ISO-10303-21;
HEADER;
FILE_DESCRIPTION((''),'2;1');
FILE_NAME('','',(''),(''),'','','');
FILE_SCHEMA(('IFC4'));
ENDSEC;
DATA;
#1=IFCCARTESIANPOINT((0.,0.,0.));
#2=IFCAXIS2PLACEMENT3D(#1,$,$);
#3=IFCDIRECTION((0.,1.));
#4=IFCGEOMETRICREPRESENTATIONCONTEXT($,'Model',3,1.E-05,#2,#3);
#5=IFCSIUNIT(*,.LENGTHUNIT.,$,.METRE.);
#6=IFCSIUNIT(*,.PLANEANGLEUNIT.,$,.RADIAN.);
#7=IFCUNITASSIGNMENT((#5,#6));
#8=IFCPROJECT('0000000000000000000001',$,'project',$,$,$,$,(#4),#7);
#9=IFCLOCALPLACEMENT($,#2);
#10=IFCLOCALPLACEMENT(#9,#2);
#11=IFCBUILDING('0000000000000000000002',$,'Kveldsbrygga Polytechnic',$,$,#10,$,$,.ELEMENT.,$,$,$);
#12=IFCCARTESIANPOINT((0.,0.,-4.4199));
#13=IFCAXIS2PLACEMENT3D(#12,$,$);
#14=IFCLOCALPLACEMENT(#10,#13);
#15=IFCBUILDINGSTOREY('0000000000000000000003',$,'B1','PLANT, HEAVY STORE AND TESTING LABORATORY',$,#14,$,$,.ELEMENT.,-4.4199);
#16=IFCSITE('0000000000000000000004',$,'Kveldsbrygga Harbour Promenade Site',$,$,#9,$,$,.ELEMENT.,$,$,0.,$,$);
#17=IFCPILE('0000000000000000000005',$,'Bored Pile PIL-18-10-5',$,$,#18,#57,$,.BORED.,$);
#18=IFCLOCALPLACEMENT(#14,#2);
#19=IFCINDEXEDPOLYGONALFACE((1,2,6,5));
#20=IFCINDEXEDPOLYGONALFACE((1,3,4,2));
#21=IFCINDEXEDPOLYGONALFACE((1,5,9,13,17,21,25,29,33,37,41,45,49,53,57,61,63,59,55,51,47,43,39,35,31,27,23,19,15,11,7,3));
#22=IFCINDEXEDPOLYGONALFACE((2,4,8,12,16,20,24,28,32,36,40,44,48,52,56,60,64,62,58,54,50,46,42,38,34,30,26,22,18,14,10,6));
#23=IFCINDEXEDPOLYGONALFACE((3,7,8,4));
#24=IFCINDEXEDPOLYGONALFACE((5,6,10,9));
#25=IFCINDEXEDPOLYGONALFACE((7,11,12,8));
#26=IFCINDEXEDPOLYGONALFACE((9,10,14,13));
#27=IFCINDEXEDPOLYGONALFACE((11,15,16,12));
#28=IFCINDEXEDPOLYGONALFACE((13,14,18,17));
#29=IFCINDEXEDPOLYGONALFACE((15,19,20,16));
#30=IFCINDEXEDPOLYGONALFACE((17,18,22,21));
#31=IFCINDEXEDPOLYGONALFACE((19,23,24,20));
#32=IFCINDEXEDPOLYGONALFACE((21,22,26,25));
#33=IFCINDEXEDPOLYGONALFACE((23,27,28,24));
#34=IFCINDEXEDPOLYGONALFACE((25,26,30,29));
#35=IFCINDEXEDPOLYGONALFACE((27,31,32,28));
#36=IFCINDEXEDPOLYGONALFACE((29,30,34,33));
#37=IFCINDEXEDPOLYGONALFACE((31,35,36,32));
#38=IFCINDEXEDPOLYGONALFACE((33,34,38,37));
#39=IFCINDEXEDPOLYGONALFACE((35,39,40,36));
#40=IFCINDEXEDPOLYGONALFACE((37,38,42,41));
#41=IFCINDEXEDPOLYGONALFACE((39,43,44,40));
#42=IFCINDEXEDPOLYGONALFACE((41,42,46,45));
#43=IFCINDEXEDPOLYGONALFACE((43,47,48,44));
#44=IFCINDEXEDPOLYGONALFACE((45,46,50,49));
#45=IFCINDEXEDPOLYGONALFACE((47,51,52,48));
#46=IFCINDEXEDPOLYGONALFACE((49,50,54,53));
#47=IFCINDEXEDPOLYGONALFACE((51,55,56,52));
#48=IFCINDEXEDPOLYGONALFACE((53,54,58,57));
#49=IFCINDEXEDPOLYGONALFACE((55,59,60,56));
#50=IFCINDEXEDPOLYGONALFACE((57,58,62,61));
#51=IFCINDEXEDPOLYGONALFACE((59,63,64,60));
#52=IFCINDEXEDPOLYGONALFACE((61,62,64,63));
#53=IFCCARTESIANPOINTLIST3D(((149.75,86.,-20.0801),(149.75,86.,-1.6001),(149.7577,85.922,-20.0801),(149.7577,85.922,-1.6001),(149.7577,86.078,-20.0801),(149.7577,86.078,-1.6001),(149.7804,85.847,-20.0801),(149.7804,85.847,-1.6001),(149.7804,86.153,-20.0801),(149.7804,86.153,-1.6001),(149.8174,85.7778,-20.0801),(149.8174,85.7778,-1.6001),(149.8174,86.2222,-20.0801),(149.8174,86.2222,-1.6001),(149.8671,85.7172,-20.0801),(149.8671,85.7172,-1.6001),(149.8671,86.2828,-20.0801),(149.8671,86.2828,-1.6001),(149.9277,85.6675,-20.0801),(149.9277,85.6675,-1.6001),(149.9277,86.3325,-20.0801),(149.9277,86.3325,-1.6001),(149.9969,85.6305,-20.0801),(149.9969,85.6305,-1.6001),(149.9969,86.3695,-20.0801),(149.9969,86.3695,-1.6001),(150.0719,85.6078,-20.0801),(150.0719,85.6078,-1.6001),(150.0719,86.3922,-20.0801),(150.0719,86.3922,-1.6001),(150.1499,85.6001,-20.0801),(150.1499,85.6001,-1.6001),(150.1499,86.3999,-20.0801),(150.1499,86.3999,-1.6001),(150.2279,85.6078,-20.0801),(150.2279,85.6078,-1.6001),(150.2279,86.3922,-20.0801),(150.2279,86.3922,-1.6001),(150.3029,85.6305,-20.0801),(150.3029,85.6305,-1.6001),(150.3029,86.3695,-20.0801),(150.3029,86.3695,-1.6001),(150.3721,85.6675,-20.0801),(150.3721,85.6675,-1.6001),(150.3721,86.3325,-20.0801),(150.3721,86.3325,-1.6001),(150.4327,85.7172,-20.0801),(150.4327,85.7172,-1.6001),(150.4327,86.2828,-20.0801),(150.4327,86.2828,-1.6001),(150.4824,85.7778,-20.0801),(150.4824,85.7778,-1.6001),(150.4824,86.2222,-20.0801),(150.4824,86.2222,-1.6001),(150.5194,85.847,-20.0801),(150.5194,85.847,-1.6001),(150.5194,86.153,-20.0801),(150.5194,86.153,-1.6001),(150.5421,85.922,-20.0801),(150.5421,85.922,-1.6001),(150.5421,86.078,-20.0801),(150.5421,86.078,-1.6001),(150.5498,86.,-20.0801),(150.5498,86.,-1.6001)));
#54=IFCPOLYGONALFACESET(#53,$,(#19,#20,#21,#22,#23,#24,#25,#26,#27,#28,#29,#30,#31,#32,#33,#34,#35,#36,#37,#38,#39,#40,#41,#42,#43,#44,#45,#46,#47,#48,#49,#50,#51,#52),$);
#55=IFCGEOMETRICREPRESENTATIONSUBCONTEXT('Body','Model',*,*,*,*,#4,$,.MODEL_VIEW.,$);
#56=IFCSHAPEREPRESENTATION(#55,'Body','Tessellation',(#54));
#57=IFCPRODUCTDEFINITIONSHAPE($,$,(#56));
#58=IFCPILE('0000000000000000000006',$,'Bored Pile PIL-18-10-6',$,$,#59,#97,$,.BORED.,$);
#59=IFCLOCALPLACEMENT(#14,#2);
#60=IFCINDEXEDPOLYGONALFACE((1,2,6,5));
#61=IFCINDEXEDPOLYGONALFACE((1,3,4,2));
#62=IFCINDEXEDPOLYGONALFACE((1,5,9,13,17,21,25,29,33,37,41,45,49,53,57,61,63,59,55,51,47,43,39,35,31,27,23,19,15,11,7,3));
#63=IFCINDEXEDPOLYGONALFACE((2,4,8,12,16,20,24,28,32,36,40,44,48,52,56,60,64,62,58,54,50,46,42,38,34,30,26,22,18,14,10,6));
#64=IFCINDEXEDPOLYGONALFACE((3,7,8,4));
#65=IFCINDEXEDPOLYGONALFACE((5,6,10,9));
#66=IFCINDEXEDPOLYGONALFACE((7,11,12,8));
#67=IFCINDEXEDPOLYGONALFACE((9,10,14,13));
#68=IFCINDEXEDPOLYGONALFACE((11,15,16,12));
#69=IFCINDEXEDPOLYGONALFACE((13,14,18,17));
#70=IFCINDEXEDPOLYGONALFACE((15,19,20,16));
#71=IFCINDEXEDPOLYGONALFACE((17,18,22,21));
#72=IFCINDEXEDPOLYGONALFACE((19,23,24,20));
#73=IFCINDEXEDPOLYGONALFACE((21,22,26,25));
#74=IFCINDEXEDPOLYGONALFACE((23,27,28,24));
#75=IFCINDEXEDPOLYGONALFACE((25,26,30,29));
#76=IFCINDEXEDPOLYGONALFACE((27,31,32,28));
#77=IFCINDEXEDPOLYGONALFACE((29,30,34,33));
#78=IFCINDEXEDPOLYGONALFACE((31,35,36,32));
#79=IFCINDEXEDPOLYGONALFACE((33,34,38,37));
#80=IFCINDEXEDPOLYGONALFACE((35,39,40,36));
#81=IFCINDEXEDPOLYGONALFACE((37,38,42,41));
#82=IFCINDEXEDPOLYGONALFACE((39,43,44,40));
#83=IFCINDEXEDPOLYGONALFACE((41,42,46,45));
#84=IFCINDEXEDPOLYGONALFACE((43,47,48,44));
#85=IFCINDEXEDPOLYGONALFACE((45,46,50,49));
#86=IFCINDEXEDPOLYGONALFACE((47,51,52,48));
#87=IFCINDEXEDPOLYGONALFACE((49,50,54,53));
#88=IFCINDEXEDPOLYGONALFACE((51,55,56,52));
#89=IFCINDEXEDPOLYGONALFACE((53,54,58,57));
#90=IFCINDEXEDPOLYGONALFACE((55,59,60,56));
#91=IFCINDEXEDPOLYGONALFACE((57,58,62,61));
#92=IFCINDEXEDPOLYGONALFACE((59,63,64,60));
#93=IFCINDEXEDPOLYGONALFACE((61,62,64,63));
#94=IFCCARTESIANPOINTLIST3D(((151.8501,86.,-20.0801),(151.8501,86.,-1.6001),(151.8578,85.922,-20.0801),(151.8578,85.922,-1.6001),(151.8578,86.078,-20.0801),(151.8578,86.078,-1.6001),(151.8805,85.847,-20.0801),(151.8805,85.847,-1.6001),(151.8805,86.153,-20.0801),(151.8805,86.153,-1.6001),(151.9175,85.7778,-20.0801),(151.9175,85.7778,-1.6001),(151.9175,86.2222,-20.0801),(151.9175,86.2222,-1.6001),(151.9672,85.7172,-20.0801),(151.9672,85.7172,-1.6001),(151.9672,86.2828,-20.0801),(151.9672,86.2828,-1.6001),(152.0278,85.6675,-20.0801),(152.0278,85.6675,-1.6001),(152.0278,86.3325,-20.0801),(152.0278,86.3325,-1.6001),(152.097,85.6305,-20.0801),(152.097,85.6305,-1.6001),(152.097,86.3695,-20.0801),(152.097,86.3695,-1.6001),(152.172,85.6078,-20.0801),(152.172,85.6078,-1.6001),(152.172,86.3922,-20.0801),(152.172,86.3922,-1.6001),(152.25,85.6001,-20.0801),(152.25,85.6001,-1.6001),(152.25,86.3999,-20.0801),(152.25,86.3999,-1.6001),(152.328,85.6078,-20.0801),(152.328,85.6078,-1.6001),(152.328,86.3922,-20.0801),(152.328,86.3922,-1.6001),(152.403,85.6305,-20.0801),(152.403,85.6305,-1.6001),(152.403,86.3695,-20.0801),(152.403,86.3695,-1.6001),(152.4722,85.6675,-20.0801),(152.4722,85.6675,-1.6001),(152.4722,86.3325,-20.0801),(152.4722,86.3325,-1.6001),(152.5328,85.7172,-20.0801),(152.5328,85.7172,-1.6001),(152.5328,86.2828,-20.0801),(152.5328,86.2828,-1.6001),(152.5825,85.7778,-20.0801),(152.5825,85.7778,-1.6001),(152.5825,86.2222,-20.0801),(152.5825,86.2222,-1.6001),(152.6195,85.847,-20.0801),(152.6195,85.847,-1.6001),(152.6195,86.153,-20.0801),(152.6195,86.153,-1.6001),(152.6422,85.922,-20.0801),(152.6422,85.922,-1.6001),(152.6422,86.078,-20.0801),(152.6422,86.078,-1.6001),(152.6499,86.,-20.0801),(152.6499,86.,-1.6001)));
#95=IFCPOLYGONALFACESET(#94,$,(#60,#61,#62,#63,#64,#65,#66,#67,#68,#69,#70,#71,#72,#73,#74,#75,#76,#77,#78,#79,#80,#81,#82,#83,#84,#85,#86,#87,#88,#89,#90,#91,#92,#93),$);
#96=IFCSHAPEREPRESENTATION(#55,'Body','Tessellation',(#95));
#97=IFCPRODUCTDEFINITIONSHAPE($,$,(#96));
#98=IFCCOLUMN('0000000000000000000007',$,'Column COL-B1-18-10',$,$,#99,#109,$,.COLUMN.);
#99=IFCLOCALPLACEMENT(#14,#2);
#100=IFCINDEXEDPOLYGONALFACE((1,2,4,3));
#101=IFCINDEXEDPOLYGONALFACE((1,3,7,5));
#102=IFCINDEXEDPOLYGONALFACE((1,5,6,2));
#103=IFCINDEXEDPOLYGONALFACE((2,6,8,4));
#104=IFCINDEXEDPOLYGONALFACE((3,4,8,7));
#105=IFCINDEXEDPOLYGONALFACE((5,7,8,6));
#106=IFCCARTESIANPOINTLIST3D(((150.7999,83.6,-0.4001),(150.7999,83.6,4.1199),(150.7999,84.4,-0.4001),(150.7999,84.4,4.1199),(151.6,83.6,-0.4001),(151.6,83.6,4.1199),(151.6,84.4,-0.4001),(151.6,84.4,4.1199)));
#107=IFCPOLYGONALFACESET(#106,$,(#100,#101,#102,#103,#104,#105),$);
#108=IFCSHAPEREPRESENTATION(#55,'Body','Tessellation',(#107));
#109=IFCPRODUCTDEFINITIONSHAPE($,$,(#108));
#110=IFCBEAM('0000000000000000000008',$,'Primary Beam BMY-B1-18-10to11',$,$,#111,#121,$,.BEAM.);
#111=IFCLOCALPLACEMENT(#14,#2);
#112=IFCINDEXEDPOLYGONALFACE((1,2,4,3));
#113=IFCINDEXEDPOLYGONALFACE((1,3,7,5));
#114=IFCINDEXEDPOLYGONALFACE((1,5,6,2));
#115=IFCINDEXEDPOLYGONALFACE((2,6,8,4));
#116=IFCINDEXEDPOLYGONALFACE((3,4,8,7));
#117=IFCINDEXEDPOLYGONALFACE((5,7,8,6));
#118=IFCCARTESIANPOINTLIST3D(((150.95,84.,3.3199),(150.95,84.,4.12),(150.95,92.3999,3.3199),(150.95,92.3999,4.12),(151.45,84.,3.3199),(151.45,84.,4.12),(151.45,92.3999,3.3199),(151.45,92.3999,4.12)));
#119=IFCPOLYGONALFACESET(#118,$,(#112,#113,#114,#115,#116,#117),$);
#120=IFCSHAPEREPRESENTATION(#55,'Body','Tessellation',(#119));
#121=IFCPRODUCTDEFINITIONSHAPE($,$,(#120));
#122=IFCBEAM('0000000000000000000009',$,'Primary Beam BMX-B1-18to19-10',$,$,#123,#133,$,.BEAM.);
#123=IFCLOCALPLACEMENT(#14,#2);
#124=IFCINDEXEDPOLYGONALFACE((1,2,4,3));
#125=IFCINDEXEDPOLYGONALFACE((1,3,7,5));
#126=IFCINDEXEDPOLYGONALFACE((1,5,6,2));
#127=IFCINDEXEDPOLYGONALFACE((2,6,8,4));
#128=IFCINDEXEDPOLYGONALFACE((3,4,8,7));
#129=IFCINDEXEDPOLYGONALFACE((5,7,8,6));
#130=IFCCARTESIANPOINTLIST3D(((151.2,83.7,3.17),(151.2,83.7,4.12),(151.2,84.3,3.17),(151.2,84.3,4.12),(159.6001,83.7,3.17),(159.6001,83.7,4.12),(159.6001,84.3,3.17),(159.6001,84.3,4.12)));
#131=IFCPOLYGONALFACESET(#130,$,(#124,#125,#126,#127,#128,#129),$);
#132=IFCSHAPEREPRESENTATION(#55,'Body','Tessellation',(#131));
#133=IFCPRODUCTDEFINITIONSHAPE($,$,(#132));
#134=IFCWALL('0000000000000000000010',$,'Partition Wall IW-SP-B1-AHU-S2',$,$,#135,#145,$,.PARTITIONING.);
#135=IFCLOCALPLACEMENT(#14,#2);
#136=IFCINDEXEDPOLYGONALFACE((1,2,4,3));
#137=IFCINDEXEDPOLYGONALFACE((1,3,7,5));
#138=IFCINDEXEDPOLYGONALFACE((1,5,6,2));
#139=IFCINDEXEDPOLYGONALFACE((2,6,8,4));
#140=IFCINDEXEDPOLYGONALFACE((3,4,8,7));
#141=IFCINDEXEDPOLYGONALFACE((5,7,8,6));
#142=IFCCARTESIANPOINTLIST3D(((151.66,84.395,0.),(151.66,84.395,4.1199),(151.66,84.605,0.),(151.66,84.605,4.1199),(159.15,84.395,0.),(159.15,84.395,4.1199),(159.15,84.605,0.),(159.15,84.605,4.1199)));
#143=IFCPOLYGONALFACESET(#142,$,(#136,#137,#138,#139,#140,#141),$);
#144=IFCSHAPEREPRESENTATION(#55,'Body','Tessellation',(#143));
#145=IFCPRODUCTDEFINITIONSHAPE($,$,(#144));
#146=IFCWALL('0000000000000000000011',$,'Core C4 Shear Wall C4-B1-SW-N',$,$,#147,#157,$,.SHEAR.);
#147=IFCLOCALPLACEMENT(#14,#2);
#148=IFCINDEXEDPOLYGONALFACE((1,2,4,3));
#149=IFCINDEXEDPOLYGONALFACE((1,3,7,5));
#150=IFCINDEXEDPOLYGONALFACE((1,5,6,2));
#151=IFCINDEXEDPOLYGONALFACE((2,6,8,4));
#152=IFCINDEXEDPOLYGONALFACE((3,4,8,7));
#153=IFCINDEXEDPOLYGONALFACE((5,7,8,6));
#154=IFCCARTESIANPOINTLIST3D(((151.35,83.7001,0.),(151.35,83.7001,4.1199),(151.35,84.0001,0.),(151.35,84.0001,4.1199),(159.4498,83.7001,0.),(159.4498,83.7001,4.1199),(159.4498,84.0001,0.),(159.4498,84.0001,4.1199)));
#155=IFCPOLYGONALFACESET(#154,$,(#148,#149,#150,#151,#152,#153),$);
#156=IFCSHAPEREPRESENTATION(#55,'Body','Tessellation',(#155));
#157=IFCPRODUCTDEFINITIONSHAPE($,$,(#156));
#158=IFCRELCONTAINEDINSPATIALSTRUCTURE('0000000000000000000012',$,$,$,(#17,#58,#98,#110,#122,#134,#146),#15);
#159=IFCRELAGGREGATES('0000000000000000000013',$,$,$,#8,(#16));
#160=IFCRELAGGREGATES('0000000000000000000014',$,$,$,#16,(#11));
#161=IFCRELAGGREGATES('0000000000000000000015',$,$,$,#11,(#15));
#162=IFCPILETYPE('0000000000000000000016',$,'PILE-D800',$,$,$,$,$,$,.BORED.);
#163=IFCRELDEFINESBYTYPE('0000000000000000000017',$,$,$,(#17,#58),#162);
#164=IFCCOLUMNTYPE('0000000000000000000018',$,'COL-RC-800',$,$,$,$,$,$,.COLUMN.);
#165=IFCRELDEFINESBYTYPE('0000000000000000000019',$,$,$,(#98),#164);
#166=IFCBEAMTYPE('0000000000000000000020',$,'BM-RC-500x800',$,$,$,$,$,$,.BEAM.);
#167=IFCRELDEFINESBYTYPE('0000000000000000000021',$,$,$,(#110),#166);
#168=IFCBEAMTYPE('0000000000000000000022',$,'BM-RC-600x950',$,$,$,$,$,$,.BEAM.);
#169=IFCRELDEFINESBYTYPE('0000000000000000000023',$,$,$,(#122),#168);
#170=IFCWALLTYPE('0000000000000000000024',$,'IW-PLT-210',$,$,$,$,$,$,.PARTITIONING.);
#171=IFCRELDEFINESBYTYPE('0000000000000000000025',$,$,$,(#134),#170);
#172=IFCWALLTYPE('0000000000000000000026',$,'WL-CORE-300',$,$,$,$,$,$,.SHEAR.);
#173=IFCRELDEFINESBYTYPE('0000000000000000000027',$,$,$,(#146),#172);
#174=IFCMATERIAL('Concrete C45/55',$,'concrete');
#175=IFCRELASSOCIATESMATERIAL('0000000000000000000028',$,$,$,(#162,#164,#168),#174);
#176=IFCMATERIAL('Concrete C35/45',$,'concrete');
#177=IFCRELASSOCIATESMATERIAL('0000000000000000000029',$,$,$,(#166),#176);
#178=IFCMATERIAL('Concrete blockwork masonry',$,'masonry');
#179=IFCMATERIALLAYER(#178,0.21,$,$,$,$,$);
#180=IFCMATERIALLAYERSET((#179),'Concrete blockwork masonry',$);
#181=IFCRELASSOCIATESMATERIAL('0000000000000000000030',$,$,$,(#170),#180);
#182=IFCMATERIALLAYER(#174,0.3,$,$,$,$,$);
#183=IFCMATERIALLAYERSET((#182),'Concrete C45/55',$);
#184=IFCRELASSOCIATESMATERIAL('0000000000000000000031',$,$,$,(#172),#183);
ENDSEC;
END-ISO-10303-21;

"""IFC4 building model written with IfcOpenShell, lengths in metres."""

from ifc_helpers import new_model, si_unit, direction, frame, frame_2d, origin, origin_2d, place, context, subcontext, project, spatial, rectangle, circle, extrude, material, layer, layer_set, material_profile, profile_set, type_object, element, save


model = new_model("IFC4")

# Units and contexts
model_context = context("Model", 3, precision=1e-05, world=origin(), true_north=direction((0.0, 1.0)))
body_context = subcontext(model_context, "Body", "Model", "MODEL_VIEW")
ifc_project = project(units=[si_unit("LENGTHUNIT", "METRE"), si_unit("PLANEANGLEUNIT", "RADIAN")], contexts=[model_context])

# Site, building, storey
site_placement = place(None, origin())
site = spatial("IfcSite", under=ifc_project, at=site_placement, Name="Kveldsbrygga Harbour Promenade Site", CompositionType="ELEMENT", RefElevation=0.0)
building_placement = place(site_placement, origin())
building = spatial("IfcBuilding", under=site, at=building_placement, Name="Kveldsbrygga Polytechnic", CompositionType="ELEMENT")
storey_placement = place(building_placement, frame((0.0, 0.0, -4.4199)))
storey = spatial("IfcBuildingStorey", under=building, at=storey_placement, Name="B1", Description="PLANT, HEAVY STORE AND TESTING LABORATORY", CompositionType="ELEMENT", Elevation=-4.4199)

# Shared definitions
ifc_material_1 = material(Name="Concrete C45/55", Category="concrete")

# Piles
ifc_material_profile_1 = material_profile(ifc_material_1, circle(Radius=0.3999, at=origin_2d()), Name="PILE D800")
ifc_profile_set_1 = profile_set([ifc_material_profile_1], Name="Concrete C45/55")
pile_type = type_object("IfcPileType", Name="PILE-D800", PredefinedType="BORED", material=ifc_profile_set_1)
for number, where, z_axis, x_axis, name in (
    (1, (150.1499, 86.0, -1.6001), (0.0, 0.0, -1.0), (1.0, 0.0, 0.0), "Bored Pile PIL-18-10-5"),
    (2, (152.25, 86.0, -1.6001), (0.0, 0.0, -1.0), (1.0, 0.0, 0.0), "Bored Pile PIL-18-10-6"),
):
    element("IfcPile", number, at=place(storey_placement, frame(where, z_axis=z_axis, x_axis=x_axis)), inside=storey, type_object=pile_type, Name=name, PredefinedType="BORED", context=body_context, shape_type="SweptSolid", body=[
        extrude(circle(Radius=0.3999, at=origin_2d()), origin(), (0.0, 0.0, 1.0), 18.48),
    ])

# Column
ifc_material_profile_2 = material_profile(ifc_material_1, rectangle(XDim=0.8, YDim=0.8, at=origin_2d()), Name="RC 800x800")
ifc_profile_set_2 = profile_set([ifc_material_profile_2], Name="Concrete C45/55")
column_type = type_object("IfcColumnType", Name="COL-RC-800", PredefinedType="COLUMN", material=ifc_profile_set_2)
column_placement = place(storey_placement, frame((151.2, 84.0, -0.4001), z_axis=(0.0, 0.0, 1.0), x_axis=(1.0, 0.0, 0.0)))
element("IfcColumn", 3, at=column_placement, inside=storey, type_object=column_type, Name="Column COL-B1-18-10", PredefinedType="COLUMN", context=body_context, shape_type="SweptSolid", body=[
    extrude(rectangle(XDim=0.8, YDim=0.8, at=origin_2d()), origin(), (0.0, 0.0, 1.0), 4.52),
])

# Beams
ifc_material_2 = material(Name="Concrete C35/45", Category="concrete")
ifc_material_profile_3 = material_profile(ifc_material_2, rectangle(XDim=0.5, YDim=0.8, at=origin_2d()), Name="RC 500x800")
ifc_profile_set_3 = profile_set([ifc_material_profile_3], Name="Concrete C35/45")
beam_type_1 = type_object("IfcBeamType", Name="BM-RC-500x800", PredefinedType="BEAM", material=ifc_profile_set_3)
beam_1_placement = place(storey_placement, frame((151.2, 84.0, 3.72), z_axis=(0.0, 1.0, 0.0), x_axis=(-1.0, 0.0, 0.0)))
element("IfcBeam", 4, at=beam_1_placement, inside=storey, type_object=beam_type_1, Name="Primary Beam BMY-B1-18-10to11", PredefinedType="BEAM", context=body_context, shape_type="SweptSolid", body=[
    extrude(rectangle(XDim=0.5, YDim=0.8, at=origin_2d()), origin(), (0.0, 0.0, 1.0), 8.3999),
])
ifc_material_profile_4 = material_profile(ifc_material_1, rectangle(XDim=0.6001, YDim=0.95, at=origin_2d()), Name="RC 600x950")
ifc_profile_set_4 = profile_set([ifc_material_profile_4], Name="Concrete C45/55")
beam_type_2 = type_object("IfcBeamType", Name="BM-RC-600x950", PredefinedType="BEAM", material=ifc_profile_set_4)
beam_2_placement = place(storey_placement, frame((151.2, 84.0, 3.645), z_axis=(1.0, 0.0, 0.0), x_axis=(0.0, 1.0, 0.0)))
element("IfcBeam", 5, at=beam_2_placement, inside=storey, type_object=beam_type_2, Name="Primary Beam BMX-B1-18to19-10", PredefinedType="BEAM", context=body_context, shape_type="SweptSolid", body=[
    extrude(rectangle(XDim=0.6001, YDim=0.95, at=origin_2d()), origin(), (0.0, 0.0, 1.0), 8.4001),
])

# Walls
ifc_material_3 = material(Name="Concrete blockwork masonry", Category="masonry")
ifc_layer_1 = layer(ifc_material_3, 0.21)
ifc_layer_set_1 = layer_set([ifc_layer_1], Name="Concrete blockwork masonry")
wall_type_1 = type_object("IfcWallType", Name="IW-PLT-210", PredefinedType="PARTITIONING", material=ifc_layer_set_1)
wall_1_placement = place(storey_placement, frame((151.6599, 84.5, 0.0), z_axis=(0.0, 0.0, 1.0), x_axis=(1.0, 0.0, 0.0)))
element("IfcWall", 6, at=wall_1_placement, inside=storey, type_object=wall_type_1, Name="Partition Wall IW-SP-B1-AHU-S2", PredefinedType="PARTITIONING", context=body_context, shape_type="SweptSolid", body=[
    extrude(rectangle(XDim=7.49, YDim=0.21, at=frame_2d((3.7451, 0.0))), origin(), (0.0, 0.0, 1.0), 4.1199),
])
ifc_layer_2 = layer(ifc_material_1, 0.3)
ifc_layer_set_2 = layer_set([ifc_layer_2], Name="Concrete C45/55")
wall_type_2 = type_object("IfcWallType", Name="WL-CORE-300", PredefinedType="SHEAR", material=ifc_layer_set_2)
wall_2_placement = place(storey_placement, frame((151.3501, 83.8501, 0.0), z_axis=(0.0, 0.0, 1.0), x_axis=(1.0, 0.0, 0.0)))
element("IfcWall", 7, at=wall_2_placement, inside=storey, type_object=wall_type_2, Name="Core C4 Shear Wall C4-B1-SW-N", PredefinedType="SHEAR", context=body_context, shape_type="SweptSolid", body=[
    extrude(rectangle(XDim=8.0999, YDim=0.3, at=frame_2d((4.0498, 0.0))), origin(), (0.0, 0.0, 1.0), 4.1199),
])

save(model, "model.ifc")
